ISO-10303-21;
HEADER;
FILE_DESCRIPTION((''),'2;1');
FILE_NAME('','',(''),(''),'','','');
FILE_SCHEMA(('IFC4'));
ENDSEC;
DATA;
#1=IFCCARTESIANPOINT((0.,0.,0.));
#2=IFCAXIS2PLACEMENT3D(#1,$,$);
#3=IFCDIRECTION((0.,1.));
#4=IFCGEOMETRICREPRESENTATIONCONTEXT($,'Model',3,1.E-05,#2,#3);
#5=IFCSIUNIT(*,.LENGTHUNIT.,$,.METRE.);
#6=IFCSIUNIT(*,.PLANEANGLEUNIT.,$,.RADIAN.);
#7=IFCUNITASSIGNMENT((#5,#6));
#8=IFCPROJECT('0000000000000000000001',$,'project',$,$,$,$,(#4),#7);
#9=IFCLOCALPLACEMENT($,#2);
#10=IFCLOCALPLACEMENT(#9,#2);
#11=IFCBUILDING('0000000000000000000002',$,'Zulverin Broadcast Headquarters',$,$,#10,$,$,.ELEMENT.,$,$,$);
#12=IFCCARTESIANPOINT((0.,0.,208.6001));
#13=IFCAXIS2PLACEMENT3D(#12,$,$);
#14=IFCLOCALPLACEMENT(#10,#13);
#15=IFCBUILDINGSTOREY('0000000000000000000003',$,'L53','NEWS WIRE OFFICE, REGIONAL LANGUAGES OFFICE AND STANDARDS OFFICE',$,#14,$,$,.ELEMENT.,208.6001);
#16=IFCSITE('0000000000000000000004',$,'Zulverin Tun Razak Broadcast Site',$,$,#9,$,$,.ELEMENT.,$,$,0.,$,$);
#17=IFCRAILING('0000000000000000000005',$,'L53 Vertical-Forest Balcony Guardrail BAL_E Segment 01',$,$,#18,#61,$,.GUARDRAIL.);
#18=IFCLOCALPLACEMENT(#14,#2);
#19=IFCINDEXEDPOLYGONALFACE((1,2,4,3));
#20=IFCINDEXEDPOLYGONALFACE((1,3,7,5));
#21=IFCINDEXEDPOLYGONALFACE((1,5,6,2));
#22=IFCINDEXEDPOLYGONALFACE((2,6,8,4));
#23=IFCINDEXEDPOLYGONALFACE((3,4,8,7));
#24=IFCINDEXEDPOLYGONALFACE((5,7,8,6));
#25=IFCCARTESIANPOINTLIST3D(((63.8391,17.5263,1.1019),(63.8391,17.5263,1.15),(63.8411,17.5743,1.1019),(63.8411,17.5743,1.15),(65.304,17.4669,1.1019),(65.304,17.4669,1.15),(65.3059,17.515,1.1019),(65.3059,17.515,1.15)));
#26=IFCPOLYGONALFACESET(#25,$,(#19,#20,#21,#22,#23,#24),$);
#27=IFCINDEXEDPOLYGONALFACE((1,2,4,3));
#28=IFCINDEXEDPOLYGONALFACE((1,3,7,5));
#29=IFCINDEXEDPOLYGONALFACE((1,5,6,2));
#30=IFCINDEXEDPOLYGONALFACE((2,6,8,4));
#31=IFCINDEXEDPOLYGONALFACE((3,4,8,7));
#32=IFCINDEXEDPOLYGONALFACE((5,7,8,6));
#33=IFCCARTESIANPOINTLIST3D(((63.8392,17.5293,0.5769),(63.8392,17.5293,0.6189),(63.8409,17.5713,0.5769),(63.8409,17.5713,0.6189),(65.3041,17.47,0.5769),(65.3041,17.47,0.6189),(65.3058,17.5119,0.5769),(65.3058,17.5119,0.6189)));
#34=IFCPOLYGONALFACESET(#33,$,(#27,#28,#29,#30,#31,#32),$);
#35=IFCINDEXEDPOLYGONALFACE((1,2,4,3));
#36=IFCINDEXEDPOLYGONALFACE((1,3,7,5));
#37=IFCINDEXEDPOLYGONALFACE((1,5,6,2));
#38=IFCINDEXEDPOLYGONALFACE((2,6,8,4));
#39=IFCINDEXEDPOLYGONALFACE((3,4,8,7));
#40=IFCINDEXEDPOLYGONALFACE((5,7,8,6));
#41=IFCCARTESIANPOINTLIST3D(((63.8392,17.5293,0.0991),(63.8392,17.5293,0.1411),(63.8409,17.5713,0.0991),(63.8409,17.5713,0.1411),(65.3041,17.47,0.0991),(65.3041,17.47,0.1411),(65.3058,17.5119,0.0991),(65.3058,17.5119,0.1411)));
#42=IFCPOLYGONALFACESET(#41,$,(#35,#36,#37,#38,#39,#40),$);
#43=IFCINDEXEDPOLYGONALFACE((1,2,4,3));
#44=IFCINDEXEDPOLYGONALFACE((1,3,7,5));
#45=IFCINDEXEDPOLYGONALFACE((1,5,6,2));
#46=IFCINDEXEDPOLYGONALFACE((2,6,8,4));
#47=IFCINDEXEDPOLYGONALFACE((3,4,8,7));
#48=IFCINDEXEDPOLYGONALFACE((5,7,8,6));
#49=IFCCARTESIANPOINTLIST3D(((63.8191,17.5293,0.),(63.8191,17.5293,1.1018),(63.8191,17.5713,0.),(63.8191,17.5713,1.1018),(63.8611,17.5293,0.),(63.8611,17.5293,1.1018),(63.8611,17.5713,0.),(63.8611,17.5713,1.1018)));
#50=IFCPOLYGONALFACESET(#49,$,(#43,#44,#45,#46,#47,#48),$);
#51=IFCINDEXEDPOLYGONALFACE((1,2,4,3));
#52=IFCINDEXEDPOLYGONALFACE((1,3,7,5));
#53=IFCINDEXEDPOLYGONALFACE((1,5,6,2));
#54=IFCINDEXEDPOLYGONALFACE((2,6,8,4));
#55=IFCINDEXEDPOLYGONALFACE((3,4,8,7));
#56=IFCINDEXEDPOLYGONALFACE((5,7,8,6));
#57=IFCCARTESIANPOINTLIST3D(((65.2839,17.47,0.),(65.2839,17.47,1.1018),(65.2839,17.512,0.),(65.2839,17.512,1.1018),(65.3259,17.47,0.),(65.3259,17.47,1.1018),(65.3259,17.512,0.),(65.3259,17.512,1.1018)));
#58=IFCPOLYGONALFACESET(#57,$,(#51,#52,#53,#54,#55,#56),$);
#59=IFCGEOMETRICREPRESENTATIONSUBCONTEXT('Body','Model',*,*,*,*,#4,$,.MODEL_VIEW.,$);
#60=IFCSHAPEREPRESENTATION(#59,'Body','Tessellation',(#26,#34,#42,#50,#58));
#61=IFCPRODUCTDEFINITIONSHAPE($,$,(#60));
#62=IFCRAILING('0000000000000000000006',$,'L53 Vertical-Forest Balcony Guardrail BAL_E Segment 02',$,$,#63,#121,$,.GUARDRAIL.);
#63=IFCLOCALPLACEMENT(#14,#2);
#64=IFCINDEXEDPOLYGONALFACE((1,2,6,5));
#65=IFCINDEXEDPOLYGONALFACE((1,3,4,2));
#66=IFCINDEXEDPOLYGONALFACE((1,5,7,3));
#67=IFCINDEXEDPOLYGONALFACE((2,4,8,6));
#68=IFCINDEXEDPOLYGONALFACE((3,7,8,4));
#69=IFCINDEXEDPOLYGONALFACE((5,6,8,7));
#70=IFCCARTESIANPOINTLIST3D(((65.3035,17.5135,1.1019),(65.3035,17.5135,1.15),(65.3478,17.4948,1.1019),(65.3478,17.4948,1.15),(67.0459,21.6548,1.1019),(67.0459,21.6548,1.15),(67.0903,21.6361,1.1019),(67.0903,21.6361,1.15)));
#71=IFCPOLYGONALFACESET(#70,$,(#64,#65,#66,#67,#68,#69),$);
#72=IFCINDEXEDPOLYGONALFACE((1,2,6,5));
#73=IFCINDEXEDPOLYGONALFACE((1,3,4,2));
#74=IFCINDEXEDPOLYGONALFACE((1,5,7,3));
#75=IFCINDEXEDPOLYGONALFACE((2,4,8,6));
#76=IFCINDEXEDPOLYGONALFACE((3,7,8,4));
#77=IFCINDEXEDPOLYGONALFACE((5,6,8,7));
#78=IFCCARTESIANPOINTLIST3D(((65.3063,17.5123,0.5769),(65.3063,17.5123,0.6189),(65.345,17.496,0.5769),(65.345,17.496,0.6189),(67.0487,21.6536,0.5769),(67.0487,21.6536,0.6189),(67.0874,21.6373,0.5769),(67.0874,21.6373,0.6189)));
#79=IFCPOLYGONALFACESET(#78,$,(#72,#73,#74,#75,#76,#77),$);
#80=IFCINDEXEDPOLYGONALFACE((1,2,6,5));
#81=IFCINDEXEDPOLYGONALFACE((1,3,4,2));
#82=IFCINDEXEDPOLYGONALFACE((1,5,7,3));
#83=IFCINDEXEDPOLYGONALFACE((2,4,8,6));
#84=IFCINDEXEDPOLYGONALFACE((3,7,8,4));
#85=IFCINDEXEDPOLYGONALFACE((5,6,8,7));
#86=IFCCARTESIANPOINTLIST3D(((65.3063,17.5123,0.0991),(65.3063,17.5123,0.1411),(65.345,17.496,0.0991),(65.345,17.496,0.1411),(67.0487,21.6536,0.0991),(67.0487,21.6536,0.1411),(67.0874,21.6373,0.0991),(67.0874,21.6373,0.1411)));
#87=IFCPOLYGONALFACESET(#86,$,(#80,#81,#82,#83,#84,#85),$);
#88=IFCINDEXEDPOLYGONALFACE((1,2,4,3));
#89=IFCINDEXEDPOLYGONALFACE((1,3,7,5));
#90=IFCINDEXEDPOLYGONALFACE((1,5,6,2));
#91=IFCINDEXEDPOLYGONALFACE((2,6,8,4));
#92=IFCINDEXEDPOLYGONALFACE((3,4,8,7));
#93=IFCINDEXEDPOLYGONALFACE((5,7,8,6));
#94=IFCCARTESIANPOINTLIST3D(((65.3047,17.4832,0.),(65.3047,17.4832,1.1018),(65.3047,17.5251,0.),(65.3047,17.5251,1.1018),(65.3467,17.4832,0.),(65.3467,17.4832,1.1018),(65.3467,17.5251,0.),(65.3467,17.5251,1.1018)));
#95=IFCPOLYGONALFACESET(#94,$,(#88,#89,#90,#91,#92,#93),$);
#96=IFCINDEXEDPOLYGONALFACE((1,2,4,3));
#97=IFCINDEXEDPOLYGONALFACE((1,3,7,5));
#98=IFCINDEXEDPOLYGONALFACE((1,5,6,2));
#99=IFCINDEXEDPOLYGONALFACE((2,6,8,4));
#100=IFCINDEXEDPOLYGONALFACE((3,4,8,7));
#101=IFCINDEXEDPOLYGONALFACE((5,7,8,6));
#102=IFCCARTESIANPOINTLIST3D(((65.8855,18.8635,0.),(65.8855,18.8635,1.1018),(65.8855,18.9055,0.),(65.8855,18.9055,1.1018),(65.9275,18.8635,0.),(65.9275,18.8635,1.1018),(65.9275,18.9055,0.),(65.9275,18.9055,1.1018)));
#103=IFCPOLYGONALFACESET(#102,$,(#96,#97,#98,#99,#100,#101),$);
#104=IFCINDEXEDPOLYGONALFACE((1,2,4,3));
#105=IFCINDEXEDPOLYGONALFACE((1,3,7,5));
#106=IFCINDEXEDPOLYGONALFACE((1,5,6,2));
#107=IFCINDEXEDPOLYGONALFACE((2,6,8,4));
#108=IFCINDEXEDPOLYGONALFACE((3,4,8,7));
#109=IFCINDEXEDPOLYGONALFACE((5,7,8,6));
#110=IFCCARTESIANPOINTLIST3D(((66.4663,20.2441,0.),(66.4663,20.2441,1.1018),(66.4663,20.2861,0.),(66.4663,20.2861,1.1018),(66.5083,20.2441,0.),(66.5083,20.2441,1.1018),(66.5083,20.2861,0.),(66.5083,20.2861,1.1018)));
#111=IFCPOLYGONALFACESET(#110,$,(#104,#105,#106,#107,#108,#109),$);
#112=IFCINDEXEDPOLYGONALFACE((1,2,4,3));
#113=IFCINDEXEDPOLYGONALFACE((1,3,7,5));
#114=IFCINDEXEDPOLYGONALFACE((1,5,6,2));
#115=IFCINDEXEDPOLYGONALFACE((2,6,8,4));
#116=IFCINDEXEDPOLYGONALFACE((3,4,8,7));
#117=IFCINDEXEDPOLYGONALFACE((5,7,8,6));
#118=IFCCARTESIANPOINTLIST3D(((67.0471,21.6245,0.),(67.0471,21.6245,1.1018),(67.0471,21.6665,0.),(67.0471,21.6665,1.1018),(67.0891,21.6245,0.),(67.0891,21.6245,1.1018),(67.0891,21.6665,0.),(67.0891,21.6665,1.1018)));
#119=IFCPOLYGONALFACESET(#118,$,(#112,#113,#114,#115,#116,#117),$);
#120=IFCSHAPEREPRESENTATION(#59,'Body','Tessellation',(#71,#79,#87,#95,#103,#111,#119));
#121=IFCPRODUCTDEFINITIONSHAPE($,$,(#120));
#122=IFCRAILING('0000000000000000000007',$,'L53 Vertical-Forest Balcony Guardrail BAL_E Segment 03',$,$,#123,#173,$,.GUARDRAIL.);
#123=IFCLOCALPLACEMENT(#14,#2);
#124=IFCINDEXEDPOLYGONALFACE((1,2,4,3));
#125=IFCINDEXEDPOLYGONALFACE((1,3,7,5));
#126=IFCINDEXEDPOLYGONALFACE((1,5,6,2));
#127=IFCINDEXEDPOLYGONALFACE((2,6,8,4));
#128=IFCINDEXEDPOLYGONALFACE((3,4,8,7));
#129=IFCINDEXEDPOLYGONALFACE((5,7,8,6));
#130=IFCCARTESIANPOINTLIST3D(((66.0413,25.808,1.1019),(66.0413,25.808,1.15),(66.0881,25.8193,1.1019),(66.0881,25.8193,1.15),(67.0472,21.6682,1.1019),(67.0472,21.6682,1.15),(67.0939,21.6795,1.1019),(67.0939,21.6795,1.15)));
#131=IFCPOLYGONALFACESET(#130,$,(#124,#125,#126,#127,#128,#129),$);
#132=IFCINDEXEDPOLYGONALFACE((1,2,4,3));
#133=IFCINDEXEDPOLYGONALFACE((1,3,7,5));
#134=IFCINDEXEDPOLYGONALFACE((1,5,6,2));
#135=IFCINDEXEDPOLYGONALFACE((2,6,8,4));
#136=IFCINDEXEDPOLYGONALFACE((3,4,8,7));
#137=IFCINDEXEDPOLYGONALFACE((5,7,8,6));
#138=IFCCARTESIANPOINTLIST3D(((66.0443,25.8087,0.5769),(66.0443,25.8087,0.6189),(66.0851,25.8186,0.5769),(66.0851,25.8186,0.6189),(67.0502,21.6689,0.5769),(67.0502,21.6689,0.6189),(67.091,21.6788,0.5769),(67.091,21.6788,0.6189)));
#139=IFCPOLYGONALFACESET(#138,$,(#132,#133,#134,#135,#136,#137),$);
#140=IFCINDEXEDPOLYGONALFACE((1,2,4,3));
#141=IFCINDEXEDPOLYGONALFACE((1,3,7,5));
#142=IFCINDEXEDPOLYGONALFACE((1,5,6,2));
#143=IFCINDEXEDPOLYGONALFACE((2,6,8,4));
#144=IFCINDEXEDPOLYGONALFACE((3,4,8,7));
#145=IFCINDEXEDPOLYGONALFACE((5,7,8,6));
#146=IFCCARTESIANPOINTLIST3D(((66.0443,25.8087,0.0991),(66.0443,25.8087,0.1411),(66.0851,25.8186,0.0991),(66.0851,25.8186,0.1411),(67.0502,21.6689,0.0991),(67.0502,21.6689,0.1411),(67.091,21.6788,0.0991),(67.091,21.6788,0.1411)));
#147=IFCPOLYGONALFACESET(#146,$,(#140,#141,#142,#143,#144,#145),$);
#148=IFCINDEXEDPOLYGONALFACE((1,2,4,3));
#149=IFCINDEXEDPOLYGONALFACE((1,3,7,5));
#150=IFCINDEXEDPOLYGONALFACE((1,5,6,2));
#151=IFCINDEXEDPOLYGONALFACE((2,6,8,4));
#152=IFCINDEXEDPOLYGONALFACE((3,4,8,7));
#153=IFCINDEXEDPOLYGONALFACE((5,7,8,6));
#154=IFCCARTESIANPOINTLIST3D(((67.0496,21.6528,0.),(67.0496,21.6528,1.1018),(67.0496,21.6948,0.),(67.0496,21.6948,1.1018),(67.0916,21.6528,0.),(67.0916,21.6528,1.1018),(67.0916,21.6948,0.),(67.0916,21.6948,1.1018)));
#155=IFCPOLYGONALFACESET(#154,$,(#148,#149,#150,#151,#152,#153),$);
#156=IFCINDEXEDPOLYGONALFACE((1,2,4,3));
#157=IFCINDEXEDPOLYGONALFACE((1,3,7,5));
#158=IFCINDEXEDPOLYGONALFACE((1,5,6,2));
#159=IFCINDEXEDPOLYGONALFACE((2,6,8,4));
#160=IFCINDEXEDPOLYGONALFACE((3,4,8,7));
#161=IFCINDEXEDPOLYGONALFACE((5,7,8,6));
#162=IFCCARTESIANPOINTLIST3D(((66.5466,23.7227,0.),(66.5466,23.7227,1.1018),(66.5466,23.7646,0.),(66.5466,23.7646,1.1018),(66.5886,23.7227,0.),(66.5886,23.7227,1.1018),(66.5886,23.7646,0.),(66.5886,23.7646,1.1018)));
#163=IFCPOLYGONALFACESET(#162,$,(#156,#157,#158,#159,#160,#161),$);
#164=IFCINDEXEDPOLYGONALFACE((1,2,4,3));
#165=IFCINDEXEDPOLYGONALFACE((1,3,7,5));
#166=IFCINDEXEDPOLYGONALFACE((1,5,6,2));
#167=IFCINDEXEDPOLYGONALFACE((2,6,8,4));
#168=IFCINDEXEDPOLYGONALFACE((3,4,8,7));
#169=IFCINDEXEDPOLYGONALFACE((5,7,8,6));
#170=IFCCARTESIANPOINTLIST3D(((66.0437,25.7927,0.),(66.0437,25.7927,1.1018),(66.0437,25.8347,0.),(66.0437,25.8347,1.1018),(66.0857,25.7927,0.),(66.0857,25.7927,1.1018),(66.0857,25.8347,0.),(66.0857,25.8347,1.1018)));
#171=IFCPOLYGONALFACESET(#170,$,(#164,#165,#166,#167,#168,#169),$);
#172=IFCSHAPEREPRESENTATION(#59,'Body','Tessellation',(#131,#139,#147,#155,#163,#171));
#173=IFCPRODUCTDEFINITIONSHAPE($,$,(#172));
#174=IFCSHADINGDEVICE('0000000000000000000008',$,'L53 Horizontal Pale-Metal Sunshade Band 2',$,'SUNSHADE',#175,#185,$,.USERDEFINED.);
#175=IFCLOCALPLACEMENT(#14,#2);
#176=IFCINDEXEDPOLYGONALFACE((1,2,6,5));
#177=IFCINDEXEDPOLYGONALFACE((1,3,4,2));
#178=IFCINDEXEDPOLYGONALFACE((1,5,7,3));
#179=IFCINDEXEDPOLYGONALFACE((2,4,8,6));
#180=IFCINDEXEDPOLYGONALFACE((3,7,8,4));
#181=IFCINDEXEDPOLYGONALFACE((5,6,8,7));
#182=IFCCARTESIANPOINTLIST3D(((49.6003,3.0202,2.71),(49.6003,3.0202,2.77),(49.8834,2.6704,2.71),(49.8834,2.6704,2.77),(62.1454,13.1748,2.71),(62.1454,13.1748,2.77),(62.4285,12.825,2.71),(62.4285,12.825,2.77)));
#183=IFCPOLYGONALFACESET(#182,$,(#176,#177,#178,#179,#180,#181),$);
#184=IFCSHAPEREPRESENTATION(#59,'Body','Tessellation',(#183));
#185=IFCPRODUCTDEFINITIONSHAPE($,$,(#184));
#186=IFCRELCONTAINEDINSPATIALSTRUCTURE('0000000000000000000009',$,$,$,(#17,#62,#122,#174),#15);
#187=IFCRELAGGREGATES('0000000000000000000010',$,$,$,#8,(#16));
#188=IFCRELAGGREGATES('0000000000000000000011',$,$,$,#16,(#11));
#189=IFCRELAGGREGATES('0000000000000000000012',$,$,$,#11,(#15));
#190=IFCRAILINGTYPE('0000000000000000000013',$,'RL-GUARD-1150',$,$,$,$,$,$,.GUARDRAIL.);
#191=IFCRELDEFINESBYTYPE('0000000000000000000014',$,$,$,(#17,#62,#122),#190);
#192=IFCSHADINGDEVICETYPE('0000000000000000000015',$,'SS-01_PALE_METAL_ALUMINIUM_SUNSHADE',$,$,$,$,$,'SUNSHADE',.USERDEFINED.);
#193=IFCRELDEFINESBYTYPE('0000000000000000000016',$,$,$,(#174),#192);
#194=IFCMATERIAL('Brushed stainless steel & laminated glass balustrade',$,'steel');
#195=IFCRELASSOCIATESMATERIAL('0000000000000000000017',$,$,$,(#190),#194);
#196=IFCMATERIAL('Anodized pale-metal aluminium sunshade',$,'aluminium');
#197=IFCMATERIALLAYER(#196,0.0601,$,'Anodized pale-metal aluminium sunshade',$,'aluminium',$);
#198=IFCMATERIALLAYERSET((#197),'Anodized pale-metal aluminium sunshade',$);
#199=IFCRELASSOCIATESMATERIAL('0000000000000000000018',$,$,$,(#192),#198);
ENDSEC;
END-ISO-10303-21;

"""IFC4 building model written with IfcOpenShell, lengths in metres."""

from ifc_helpers import new_model, si_unit, direction, frame, origin, origin_2d, place, context, subcontext, project, spatial, rectangle, extrude, material, layer, layer_set, type_object, element, save


model = new_model("IFC4")

# Units and contexts
model_context = context("Model", 3, precision=1e-05, world=origin(), true_north=direction((0.0, 1.0)))
body_context = subcontext(model_context, "Body", "Model", "MODEL_VIEW")
ifc_project = project(units=[si_unit("LENGTHUNIT", "METRE"), si_unit("PLANEANGLEUNIT", "RADIAN")], contexts=[model_context])

# Site, building, storey
site_placement = place(None, origin())
site = spatial("IfcSite", under=ifc_project, at=site_placement, Name="Zulverin Tun Razak Broadcast Site", CompositionType="ELEMENT", RefElevation=0.0)
building_placement = place(site_placement, origin())
building = spatial("IfcBuilding", under=site, at=building_placement, Name="Zulverin Broadcast Headquarters", CompositionType="ELEMENT")
storey_placement = place(building_placement, frame((0.0, 0.0, 208.6001)))
storey = spatial("IfcBuildingStorey", under=building, at=storey_placement, Name="L53", Description="NEWS WIRE OFFICE, REGIONAL LANGUAGES OFFICE AND STANDARDS OFFICE", CompositionType="ELEMENT", Elevation=208.6001)

# Railings
ifc_material_1 = material(Name="Brushed stainless steel & laminated glass balustrade", Category="steel")
railing_type = type_object("IfcRailingType", Name="RL-GUARD-1150", PredefinedType="GUARDRAIL", material=ifc_material_1)
railing_1_placement = place(storey_placement, frame((63.8401, 17.5503, 0.0)))
element("IfcRailing", 1, at=railing_1_placement, inside=storey, type_object=railing_type, Name="L53 Vertical-Forest Balcony Guardrail BAL_E Segment 01", PredefinedType="GUARDRAIL", context=body_context, shape_type="SweptSolid", body=[
    extrude(rectangle(XDim=0.0481, YDim=0.0481, at=origin_2d()), frame((0.0, 0.0, 1.126), z_axis=(0.999181, -0.040467, 0.0), x_axis=(0.040467, 0.999181, 0.0)), (0.0, 0.0, 1.0), 1.4661),
    extrude(rectangle(XDim=0.042, YDim=0.042, at=origin_2d()), frame((0.0, 0.0, 0.5979), z_axis=(0.999181, -0.040467, 0.0), x_axis=(0.040467, 0.999181, 0.0)), (0.0, 0.0, 1.0), 1.4661),
    extrude(rectangle(XDim=0.042, YDim=0.042, at=origin_2d()), frame((0.0, 0.0, 0.1201), z_axis=(0.999181, -0.040467, 0.0), x_axis=(0.040467, 0.999181, 0.0)), (0.0, 0.0, 1.0), 1.4661),
    extrude(rectangle(XDim=0.042, YDim=0.042, at=origin_2d()), origin(), (0.0, 0.0, 1.0), 1.1018),
    extrude(rectangle(XDim=0.042, YDim=0.042, at=origin_2d()), frame((1.4648, -0.0593, 0.0)), (0.0, 0.0, 1.0), 1.1018),
])
railing_2_placement = place(storey_placement, frame((65.3257, 17.5042, 0.0)))
element("IfcRailing", 2, at=railing_2_placement, inside=storey, type_object=railing_type, Name="L53 Vertical-Forest Balcony Guardrail BAL_E Segment 02", PredefinedType="GUARDRAIL", context=body_context, shape_type="SweptSolid", body=[
    extrude(rectangle(XDim=0.0481, YDim=0.0481, at=origin_2d()), frame((0.0, 0.0, 1.126), z_axis=(0.387812, 0.921739, 0.0), x_axis=(-0.921739, 0.387812, 0.0)), (0.0, 0.0, 1.0), 4.4929),
    extrude(rectangle(XDim=0.042, YDim=0.042, at=origin_2d()), frame((0.0, 0.0, 0.5979), z_axis=(0.387812, 0.921739, 0.0), x_axis=(-0.921739, 0.387812, 0.0)), (0.0, 0.0, 1.0), 4.4929),
    extrude(rectangle(XDim=0.042, YDim=0.042, at=origin_2d()), frame((0.0, 0.0, 0.1201), z_axis=(0.387812, 0.921739, 0.0), x_axis=(-0.921739, 0.387812, 0.0)), (0.0, 0.0, 1.0), 4.4929),
    extrude(rectangle(XDim=0.042, YDim=0.042, at=origin_2d()), origin(), (0.0, 0.0, 1.0), 1.1018),
    extrude(rectangle(XDim=0.042, YDim=0.042, at=origin_2d()), frame((0.5808, 1.3804, 0.0)), (0.0, 0.0, 1.0), 1.1018),
    extrude(rectangle(XDim=0.042, YDim=0.042, at=origin_2d()), frame((1.1616, 2.761, 0.0)), (0.0, 0.0, 1.0), 1.1018),
    extrude(rectangle(XDim=0.042, YDim=0.042, at=origin_2d()), frame((1.7424, 4.1414, 0.0)), (0.0, 0.0, 1.0), 1.1018),
])
railing_3_placement = place(storey_placement, frame((67.0706, 21.6738, 0.0)))
element("IfcRailing", 3, at=railing_3_placement, inside=storey, type_object=railing_type, Name="L53 Vertical-Forest Balcony Guardrail BAL_E Segment 03", PredefinedType="GUARDRAIL", context=body_context, shape_type="SweptSolid", body=[
    extrude(rectangle(XDim=0.0481, YDim=0.0481, at=origin_2d()), frame((0.0, 0.0, 1.126), z_axis=(-0.236099, 0.971729, 0.0), x_axis=(-0.971729, -0.236099, 0.0)), (0.0, 0.0, 1.0), 4.2603),
    extrude(rectangle(XDim=0.042, YDim=0.042, at=origin_2d()), frame((0.0, 0.0, 0.5979), z_axis=(-0.236099, 0.971729, 0.0), x_axis=(-0.971729, -0.236099, 0.0)), (0.0, 0.0, 1.0), 4.2603),
    extrude(rectangle(XDim=0.042, YDim=0.042, at=origin_2d()), frame((0.0, 0.0, 0.1201), z_axis=(-0.236099, 0.971729, 0.0), x_axis=(-0.971729, -0.236099, 0.0)), (0.0, 0.0, 1.0), 4.2603),
    extrude(rectangle(XDim=0.042, YDim=0.042, at=origin_2d()), origin(), (0.0, 0.0, 1.0), 1.1018),
    extrude(rectangle(XDim=0.042, YDim=0.042, at=origin_2d()), frame((-0.5029, 2.0698, 0.0)), (0.0, 0.0, 1.0), 1.1018),
    extrude(rectangle(XDim=0.042, YDim=0.042, at=origin_2d()), frame((-1.0059, 4.1399, 0.0)), (0.0, 0.0, 1.0), 1.1018),
])

# Shading device
ifc_material_2 = material(Name="Anodized pale-metal aluminium sunshade", Category="aluminium")
ifc_layer_1 = layer(ifc_material_2, 0.0601, Name="Anodized pale-metal aluminium sunshade", Category="aluminium")
ifc_layer_set_1 = layer_set([ifc_layer_1], Name="Anodized pale-metal aluminium sunshade")
shading_device_type = type_object("IfcShadingDeviceType", Name="SS-01_PALE_METAL_ALUMINIUM_SUNSHADE", ElementType="SUNSHADE", PredefinedType="USERDEFINED", material=ifc_layer_set_1)
shading_device_placement = place(storey_placement, frame((56.0144, 7.9226, 2.71), z_axis=(0.0, 0.0, 1.0), x_axis=(0.777274, 0.629162, 0.0)))
element("IfcShadingDevice", 4, at=shading_device_placement, inside=storey, type_object=shading_device_type, Name="L53 Horizontal Pale-Metal Sunshade Band 2", ObjectType="SUNSHADE", PredefinedType="USERDEFINED", context=body_context, shape_type="SweptSolid", body=[
    extrude(rectangle(XDim=16.1399, YDim=0.45, at=origin_2d()), origin(), (0.0, 0.0, 1.0), 0.0601),
])

save(model, "model.ifc")
